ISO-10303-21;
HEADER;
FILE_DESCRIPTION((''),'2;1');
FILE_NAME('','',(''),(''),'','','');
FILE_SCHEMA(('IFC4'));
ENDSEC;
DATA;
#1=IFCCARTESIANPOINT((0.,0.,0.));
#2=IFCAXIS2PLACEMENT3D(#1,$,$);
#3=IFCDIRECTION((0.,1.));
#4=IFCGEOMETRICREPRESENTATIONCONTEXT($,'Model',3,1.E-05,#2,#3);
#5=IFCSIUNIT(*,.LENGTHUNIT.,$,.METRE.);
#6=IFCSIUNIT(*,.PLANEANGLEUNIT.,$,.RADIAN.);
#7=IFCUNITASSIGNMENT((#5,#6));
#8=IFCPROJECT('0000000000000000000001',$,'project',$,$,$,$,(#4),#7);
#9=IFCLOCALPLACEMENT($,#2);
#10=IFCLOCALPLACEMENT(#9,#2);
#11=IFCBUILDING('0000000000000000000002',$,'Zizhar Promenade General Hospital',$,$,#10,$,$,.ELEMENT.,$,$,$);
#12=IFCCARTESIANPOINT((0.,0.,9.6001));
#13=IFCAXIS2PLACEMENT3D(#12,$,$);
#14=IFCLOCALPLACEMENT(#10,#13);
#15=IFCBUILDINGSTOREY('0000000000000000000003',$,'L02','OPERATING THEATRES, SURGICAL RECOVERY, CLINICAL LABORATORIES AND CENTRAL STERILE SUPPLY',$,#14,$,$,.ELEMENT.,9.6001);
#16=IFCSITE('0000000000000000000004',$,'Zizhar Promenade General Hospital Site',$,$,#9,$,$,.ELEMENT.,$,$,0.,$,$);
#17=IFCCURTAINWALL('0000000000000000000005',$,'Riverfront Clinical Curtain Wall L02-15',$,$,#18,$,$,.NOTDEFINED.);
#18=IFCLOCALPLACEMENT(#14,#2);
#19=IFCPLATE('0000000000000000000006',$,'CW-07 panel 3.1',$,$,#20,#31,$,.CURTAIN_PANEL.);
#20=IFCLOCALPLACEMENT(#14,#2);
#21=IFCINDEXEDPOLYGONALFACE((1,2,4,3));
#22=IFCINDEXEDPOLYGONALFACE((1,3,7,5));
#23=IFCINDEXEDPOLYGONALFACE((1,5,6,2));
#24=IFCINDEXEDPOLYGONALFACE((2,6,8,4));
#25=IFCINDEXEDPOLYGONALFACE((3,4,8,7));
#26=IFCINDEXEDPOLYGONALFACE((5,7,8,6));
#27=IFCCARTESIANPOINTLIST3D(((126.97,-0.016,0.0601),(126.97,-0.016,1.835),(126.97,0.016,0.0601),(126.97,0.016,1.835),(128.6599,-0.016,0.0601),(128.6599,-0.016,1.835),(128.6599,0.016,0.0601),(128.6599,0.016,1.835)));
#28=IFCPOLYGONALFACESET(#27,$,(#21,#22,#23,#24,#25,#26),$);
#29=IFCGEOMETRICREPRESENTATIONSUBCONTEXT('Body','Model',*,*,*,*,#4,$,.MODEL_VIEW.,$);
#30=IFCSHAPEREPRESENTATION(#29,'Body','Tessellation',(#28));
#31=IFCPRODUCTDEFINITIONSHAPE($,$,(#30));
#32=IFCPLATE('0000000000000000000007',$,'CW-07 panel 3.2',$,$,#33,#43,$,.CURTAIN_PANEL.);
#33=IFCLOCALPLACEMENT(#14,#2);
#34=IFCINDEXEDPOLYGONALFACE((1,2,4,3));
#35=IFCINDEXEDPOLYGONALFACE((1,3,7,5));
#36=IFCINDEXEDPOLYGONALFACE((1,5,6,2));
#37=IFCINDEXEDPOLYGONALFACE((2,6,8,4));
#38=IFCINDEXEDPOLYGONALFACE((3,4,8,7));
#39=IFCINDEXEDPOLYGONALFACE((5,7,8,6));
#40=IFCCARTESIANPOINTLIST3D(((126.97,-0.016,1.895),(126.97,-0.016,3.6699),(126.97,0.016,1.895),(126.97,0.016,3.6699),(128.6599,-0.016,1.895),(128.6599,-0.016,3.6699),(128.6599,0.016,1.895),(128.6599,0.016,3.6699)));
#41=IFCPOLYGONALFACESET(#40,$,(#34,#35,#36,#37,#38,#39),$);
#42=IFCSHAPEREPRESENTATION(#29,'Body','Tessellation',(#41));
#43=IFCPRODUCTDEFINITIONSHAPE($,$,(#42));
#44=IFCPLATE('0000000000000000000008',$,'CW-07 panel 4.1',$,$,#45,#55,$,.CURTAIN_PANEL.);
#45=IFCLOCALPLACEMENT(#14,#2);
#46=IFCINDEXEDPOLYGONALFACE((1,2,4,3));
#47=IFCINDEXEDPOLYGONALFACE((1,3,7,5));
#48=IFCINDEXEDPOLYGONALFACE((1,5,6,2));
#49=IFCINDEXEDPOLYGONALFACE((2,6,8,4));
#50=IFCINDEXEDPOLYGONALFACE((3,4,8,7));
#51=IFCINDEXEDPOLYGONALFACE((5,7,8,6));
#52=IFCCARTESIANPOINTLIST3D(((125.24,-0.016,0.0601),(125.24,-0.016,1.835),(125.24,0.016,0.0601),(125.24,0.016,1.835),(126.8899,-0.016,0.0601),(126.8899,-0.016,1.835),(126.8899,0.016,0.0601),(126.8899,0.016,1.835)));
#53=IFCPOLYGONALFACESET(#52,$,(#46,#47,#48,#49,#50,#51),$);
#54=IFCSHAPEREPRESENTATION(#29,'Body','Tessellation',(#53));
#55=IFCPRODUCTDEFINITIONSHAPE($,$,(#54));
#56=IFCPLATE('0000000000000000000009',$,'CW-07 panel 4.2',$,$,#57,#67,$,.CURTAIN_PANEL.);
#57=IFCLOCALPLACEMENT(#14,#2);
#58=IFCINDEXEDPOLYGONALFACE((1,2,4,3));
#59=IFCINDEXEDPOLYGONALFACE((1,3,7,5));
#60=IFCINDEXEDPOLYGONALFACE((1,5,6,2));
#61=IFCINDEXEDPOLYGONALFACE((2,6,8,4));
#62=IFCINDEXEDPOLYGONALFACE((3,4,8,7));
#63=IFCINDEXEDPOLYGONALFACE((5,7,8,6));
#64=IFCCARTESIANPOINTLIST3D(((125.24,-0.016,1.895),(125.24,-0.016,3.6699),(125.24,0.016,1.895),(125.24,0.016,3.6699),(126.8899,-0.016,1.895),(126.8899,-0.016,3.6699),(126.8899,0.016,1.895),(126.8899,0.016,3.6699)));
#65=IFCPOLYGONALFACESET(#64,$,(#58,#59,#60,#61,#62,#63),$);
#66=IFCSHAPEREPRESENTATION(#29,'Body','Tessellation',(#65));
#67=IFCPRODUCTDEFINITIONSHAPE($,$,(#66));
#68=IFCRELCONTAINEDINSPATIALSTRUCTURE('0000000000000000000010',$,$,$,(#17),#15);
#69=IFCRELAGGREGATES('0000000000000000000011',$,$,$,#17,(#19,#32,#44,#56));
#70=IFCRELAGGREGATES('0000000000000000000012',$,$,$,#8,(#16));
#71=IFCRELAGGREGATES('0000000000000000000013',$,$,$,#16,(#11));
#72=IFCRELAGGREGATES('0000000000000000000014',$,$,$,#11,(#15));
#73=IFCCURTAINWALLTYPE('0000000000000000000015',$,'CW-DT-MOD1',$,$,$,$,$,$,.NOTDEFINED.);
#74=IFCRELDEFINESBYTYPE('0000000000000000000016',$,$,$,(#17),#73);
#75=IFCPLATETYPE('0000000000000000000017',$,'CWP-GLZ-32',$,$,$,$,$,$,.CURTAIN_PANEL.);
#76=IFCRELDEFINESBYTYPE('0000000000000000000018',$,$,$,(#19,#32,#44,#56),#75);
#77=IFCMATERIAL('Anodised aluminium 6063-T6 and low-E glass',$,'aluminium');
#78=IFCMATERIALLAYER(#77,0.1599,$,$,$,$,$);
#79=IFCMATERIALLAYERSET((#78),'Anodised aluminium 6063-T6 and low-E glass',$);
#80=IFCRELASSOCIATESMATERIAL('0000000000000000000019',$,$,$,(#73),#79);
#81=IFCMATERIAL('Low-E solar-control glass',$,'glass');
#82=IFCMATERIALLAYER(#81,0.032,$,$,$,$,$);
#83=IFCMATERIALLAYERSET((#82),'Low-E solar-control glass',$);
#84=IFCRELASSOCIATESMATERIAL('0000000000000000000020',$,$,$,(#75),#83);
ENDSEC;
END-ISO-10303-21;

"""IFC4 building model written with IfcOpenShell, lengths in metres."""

from ifc_helpers import new_model, si_unit, direction, frame, origin, origin_2d, place, context, subcontext, project, spatial, rectangle, extrude, material, layer, layer_set, type_object, element, aggregate, save


model = new_model("IFC4")

# Units and contexts
model_context = context("Model", 3, precision=1e-05, world=origin(), true_north=direction((0.0, 1.0)))
body_context = subcontext(model_context, "Body", "Model", "MODEL_VIEW")
ifc_project = project(units=[si_unit("LENGTHUNIT", "METRE"), si_unit("PLANEANGLEUNIT", "RADIAN")], contexts=[model_context])

# Site, building, storey
site_placement = place(None, origin())
site = spatial("IfcSite", under=ifc_project, at=site_placement, Name="Zizhar Promenade General Hospital Site", CompositionType="ELEMENT", RefElevation=0.0)
building_placement = place(site_placement, origin())
building = spatial("IfcBuilding", under=site, at=building_placement, Name="Zizhar Promenade General Hospital", CompositionType="ELEMENT")
storey_placement = place(building_placement, frame((0.0, 0.0, 9.6001)))
storey = spatial("IfcBuildingStorey", under=building, at=storey_placement, Name="L02", Description="OPERATING THEATRES, SURGICAL RECOVERY, CLINICAL LABORATORIES AND CENTRAL STERILE SUPPLY", CompositionType="ELEMENT", Elevation=9.6001)

# Curtain wall, plates
ifc_material_1 = material(Name="Anodised aluminium 6063-T6 and low-E glass", Category="aluminium")
ifc_layer_1 = layer(ifc_material_1, 0.1599)
ifc_layer_set_1 = layer_set([ifc_layer_1], Name="Anodised aluminium 6063-T6 and low-E glass")
curtain_wall_type = type_object("IfcCurtainWallType", Name="CW-DT-MOD1", PredefinedType="NOTDEFINED", material=ifc_layer_set_1)
curtain_wall_placement = place(storey_placement, origin())
curtain_wall = element("IfcCurtainWall", 1, at=curtain_wall_placement, inside=storey, type_object=curtain_wall_type, Name="Riverfront Clinical Curtain Wall L02-15", PredefinedType="NOTDEFINED")
ifc_material_2 = material(Name="Low-E solar-control glass", Category="glass")
ifc_layer_2 = layer(ifc_material_2, 0.032)
ifc_layer_set_2 = layer_set([ifc_layer_2], Name="Low-E solar-control glass")
plate_type = type_object("IfcPlateType", Name="CWP-GLZ-32", PredefinedType="CURTAIN_PANEL", material=ifc_layer_set_2)
plate_1_placement = place(storey_placement, frame((127.8149, 0.0, 0.0601), z_axis=(0.0, 0.0, 1.0), x_axis=(-1.0, 0.0, 0.0)))
plate_1 = element("IfcPlate", 2, at=plate_1_placement, type_object=plate_type, Name="CW-07 panel 3.1", PredefinedType="CURTAIN_PANEL", context=body_context, shape_type="SweptSolid", body=[
    extrude(rectangle(XDim=1.6899, YDim=0.032, at=origin_2d()), origin(), (0.0, 0.0, 1.0), 1.7749),
])
plate_2_placement = place(storey_placement, frame((127.8149, 0.0, 1.895), z_axis=(0.0, 0.0, 1.0), x_axis=(-1.0, 0.0, 0.0)))
plate_2 = element("IfcPlate", 3, at=plate_2_placement, type_object=plate_type, Name="CW-07 panel 3.2", PredefinedType="CURTAIN_PANEL", context=body_context, shape_type="SweptSolid", body=[
    extrude(rectangle(XDim=1.6899, YDim=0.032, at=origin_2d()), origin(), (0.0, 0.0, 1.0), 1.7749),
])
plate_3_placement = place(storey_placement, frame((126.0649, 0.0, 0.0601), z_axis=(0.0, 0.0, 1.0), x_axis=(-1.0, 0.0, 0.0)))
plate_3 = element("IfcPlate", 4, at=plate_3_placement, type_object=plate_type, Name="CW-07 panel 4.1", PredefinedType="CURTAIN_PANEL", context=body_context, shape_type="SweptSolid", body=[
    extrude(rectangle(XDim=1.6499, YDim=0.032, at=origin_2d()), origin(), (0.0, 0.0, 1.0), 1.7749),
])
plate_4_placement = place(storey_placement, frame((126.0649, 0.0, 1.895), z_axis=(0.0, 0.0, 1.0), x_axis=(-1.0, 0.0, 0.0)))
plate_4 = element("IfcPlate", 5, at=plate_4_placement, type_object=plate_type, Name="CW-07 panel 4.2", PredefinedType="CURTAIN_PANEL", context=body_context, shape_type="SweptSolid", body=[
    extrude(rectangle(XDim=1.6499, YDim=0.032, at=origin_2d()), origin(), (0.0, 0.0, 1.0), 1.7749),
])
aggregate(curtain_wall, [plate_1, plate_2, plate_3, plate_4])

save(model, "model.ifc")
